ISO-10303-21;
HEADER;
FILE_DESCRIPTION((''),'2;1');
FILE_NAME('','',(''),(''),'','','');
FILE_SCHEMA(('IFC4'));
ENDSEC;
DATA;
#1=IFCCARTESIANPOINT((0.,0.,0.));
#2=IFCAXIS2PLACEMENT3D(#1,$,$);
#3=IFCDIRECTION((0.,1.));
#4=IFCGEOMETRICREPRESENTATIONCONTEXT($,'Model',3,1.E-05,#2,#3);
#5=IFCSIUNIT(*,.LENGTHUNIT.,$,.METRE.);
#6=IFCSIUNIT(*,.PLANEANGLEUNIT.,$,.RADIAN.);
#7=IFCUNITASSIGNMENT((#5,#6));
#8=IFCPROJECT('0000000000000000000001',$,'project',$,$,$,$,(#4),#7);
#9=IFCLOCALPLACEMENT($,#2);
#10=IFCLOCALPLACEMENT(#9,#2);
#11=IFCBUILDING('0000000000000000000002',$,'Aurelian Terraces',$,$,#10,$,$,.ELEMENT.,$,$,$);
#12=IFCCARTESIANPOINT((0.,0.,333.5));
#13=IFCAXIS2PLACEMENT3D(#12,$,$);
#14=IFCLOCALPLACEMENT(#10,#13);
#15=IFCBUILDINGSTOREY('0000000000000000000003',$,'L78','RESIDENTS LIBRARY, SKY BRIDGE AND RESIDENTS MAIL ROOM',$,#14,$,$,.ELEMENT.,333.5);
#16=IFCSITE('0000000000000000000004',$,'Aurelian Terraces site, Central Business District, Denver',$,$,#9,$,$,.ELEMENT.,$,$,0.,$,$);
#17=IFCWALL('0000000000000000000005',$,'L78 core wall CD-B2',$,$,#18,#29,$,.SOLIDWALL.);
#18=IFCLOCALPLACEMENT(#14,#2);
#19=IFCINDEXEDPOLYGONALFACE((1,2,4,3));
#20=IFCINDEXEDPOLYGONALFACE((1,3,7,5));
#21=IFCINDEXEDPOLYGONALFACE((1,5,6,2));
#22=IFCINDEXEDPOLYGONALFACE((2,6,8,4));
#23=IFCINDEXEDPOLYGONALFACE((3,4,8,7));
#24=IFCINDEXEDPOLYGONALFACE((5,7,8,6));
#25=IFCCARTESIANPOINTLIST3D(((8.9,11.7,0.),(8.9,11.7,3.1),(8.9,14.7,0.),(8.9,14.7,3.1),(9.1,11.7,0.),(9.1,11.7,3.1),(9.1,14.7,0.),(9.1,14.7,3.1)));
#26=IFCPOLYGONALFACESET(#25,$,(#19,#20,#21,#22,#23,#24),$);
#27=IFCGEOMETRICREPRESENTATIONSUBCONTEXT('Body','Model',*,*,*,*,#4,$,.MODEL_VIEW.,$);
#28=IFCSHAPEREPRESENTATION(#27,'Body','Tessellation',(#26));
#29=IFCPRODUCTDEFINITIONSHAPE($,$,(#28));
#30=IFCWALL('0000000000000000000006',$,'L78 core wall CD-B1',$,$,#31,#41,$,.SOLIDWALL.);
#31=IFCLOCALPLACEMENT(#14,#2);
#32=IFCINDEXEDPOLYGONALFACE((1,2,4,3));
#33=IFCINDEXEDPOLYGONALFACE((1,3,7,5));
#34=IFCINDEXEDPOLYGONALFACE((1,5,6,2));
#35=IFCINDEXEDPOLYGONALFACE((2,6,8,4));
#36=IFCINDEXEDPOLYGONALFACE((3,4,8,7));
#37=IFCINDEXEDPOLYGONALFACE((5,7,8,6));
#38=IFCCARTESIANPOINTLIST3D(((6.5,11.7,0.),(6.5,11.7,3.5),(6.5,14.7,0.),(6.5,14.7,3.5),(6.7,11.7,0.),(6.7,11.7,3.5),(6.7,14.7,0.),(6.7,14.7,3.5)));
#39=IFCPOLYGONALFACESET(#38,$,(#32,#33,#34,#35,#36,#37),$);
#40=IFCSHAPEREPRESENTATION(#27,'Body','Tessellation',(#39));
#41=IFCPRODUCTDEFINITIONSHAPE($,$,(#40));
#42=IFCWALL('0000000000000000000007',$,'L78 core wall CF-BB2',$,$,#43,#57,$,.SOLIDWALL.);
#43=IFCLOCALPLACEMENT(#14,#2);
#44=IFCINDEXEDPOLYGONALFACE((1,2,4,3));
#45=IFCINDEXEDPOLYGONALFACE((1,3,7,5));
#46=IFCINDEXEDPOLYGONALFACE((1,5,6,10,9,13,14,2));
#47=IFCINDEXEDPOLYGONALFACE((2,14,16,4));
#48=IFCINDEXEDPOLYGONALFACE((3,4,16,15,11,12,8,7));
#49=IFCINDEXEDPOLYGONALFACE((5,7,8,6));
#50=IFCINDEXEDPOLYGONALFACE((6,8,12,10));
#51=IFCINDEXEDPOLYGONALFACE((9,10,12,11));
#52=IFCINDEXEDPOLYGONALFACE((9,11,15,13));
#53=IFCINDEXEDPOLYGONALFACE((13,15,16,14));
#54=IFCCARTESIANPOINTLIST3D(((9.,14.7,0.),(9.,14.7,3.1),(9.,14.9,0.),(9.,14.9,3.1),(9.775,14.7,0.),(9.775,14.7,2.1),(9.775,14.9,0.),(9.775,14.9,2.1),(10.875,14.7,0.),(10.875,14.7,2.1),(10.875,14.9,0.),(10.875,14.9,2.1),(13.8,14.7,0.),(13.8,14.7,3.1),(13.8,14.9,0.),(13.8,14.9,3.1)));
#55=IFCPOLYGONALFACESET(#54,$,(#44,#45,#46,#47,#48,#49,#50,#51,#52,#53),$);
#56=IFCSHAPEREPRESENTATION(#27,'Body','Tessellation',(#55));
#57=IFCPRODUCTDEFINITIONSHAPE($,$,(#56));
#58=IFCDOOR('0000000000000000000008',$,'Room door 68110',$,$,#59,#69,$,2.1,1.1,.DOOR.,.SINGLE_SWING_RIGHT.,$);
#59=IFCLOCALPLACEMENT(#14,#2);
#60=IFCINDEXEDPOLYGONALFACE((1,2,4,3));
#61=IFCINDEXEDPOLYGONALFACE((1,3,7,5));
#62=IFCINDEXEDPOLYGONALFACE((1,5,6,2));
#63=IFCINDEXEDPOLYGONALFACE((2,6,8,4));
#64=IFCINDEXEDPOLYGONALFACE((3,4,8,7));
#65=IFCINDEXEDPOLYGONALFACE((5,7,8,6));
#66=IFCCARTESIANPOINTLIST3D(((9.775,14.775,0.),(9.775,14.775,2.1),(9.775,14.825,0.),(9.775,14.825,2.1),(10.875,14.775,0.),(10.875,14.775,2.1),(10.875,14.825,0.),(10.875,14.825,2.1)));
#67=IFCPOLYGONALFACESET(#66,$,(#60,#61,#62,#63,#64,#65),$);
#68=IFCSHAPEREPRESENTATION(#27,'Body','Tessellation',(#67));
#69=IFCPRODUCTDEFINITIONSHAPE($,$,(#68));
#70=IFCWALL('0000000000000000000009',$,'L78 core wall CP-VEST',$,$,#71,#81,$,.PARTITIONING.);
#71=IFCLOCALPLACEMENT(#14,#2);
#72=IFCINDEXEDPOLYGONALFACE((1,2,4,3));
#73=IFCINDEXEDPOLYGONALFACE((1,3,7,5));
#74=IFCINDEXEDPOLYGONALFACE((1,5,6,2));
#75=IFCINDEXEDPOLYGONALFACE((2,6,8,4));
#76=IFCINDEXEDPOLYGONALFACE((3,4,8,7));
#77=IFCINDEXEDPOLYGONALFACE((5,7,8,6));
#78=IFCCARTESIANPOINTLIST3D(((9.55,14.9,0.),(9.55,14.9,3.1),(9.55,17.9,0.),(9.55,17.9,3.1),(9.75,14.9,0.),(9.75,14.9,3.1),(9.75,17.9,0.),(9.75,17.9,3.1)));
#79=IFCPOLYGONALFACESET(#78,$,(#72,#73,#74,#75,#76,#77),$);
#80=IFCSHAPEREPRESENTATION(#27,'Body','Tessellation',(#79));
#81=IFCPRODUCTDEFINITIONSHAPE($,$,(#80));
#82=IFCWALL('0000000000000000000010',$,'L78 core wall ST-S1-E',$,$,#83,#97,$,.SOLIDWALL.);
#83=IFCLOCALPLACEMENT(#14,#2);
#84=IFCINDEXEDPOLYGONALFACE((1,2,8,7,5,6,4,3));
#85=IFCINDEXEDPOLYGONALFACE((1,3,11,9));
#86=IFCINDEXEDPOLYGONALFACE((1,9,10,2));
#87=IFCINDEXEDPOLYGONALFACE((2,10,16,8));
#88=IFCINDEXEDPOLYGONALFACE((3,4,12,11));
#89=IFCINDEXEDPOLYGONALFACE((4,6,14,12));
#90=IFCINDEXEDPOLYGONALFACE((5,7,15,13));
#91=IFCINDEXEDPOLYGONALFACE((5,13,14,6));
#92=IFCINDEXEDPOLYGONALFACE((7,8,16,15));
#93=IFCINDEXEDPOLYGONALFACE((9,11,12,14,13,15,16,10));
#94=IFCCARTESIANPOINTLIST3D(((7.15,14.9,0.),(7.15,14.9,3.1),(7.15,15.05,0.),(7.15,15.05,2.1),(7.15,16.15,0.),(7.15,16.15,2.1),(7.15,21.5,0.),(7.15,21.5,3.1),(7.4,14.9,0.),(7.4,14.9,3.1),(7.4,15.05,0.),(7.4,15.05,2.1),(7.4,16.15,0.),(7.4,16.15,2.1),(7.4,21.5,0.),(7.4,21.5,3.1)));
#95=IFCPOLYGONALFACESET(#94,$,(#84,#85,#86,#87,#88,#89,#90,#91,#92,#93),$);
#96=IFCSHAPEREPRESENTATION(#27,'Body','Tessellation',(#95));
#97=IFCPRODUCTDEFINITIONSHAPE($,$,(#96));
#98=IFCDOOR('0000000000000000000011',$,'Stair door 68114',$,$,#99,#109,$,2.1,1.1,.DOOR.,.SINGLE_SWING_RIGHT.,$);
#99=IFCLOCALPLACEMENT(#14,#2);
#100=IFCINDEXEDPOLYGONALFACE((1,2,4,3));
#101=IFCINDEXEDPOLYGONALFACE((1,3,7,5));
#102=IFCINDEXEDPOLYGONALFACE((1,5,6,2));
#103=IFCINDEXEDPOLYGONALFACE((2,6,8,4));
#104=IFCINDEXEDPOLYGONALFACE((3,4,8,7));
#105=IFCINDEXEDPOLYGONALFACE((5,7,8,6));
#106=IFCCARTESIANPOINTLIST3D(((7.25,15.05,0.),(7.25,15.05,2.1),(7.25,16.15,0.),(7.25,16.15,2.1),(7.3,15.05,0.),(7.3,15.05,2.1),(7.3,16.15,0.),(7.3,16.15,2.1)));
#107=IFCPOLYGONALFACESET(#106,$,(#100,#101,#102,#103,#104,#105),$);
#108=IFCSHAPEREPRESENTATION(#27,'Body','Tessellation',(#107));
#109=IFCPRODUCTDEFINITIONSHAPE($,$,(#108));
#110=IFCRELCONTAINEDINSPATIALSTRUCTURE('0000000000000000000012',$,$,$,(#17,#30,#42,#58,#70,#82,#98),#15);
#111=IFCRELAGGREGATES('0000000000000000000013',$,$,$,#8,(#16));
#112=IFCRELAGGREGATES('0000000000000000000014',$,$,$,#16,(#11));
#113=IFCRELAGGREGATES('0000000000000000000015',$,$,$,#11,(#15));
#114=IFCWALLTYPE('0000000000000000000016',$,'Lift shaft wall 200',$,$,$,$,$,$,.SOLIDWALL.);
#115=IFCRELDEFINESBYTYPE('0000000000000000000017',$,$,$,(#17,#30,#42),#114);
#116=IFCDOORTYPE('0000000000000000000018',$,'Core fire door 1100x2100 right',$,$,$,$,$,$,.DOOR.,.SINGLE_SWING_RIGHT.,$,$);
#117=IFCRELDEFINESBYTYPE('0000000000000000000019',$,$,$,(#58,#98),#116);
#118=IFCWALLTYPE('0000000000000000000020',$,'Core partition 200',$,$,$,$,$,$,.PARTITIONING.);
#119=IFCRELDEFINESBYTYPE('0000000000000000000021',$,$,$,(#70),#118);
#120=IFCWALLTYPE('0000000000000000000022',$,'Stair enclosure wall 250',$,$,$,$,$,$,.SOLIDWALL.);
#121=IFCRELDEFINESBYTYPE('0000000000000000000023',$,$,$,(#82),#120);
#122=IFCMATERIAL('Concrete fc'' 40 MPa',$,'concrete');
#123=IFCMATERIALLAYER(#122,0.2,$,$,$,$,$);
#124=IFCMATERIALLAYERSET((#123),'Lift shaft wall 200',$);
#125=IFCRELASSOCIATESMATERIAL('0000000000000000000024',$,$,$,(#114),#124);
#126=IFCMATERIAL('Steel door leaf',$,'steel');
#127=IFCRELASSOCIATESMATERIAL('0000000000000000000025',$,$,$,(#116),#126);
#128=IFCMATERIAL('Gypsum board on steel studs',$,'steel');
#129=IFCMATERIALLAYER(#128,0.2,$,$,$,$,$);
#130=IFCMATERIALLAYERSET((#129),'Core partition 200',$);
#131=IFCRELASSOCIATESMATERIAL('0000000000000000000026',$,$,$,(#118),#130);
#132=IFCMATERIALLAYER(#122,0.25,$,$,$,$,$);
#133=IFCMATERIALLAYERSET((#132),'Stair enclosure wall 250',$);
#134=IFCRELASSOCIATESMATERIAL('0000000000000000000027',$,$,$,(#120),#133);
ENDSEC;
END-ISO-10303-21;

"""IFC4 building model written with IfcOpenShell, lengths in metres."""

from ifc_helpers import new_model, si_unit, direction, frame, frame_2d, origin, place, context, subcontext, project, spatial, rectangle, extrude, source, transform, mapped, material, layer, layer_set, type_object, element, fill, save


model = new_model("IFC4")

# Units and contexts
model_context = context("Model", 3, precision=1e-05, world=origin(), true_north=direction((0.0, 1.0)))
body_context = subcontext(model_context, "Body", "Model", "MODEL_VIEW")
ifc_project = project(units=[si_unit("LENGTHUNIT", "METRE"), si_unit("PLANEANGLEUNIT", "RADIAN")], contexts=[model_context])

# Site, building, storey
site_placement = place(None, origin())
site = spatial("IfcSite", under=ifc_project, at=site_placement, Name="Aurelian Terraces site, Central Business District, Denver", CompositionType="ELEMENT", RefElevation=0.0)
building_placement = place(site_placement, origin())
building = spatial("IfcBuilding", under=site, at=building_placement, Name="Aurelian Terraces", CompositionType="ELEMENT")
storey_placement = place(building_placement, frame((0.0, 0.0, 333.5)))
storey = spatial("IfcBuildingStorey", under=building, at=storey_placement, Name="L78", Description="RESIDENTS LIBRARY, SKY BRIDGE AND RESIDENTS MAIL ROOM", CompositionType="ELEMENT", Elevation=333.5)

# Walls
ifc_material_1 = material(Name="Concrete fc' 40 MPa", Category="concrete")
ifc_layer_1 = layer(ifc_material_1, 0.2)
ifc_layer_set_1 = layer_set([ifc_layer_1], Name="Lift shaft wall 200")
wall_type_1 = type_object("IfcWallType", Name="Lift shaft wall 200", PredefinedType="SOLIDWALL", material=ifc_layer_set_1)
shared_shape_1 = source(origin(), body_context, "Body", "SweptSolid", [
    extrude(rectangle(XDim=3.0, YDim=0.2, at=frame_2d((1.5, 0.0))), origin(), (0.0, 0.0, 1.0), 3.1),
])
wall_1_placement = place(storey_placement, frame((9.0, 11.7, 0.0), z_axis=(0.0, 0.0, 1.0), x_axis=(0.0, 1.0, 0.0)))
element("IfcWall", 1, at=wall_1_placement, inside=storey, type_object=wall_type_1, Name="L78 core wall CD-B2", PredefinedType="SOLIDWALL", context=body_context, shape_type="MappedRepresentation", body=[
    mapped(shared_shape_1, transform((0.0, 0.0, 0.0), scale=1.0)),
])
shared_shape_2 = source(origin(), body_context, "Body", "SweptSolid", [
    extrude(rectangle(XDim=3.0, YDim=0.2, at=frame_2d((1.5, 0.0))), origin(), (0.0, 0.0, 1.0), 3.5),
])
wall_2_placement = place(storey_placement, frame((6.6, 11.7, 0.0), z_axis=(0.0, 0.0, 1.0), x_axis=(0.0, 1.0, 0.0)))
element("IfcWall", 2, at=wall_2_placement, inside=storey, type_object=wall_type_1, Name="L78 core wall CD-B1", PredefinedType="SOLIDWALL", context=body_context, shape_type="MappedRepresentation", body=[
    mapped(shared_shape_2, transform((0.0, 0.0, 0.0), scale=1.0)),
])

# Wall, opening, door
shared_shape_3 = source(origin(), body_context, "Body", "SweptSolid", [
    extrude(rectangle(XDim=4.8, YDim=0.2, at=frame_2d((2.4, 0.0))), origin(), (0.0, 0.0, 1.0), 3.1),
])
wall_3_placement = place(storey_placement, frame((9.0, 14.8, 0.0), z_axis=(0.0, 0.0, 1.0), x_axis=(1.0, 0.0, 0.0)))
wall_3 = element("IfcWall", 3, at=wall_3_placement, inside=storey, type_object=wall_type_1, Name="L78 core wall CF-BB2", PredefinedType="SOLIDWALL", context=body_context, shape_type="MappedRepresentation", body=[
    mapped(shared_shape_3, transform((0.0, 0.0, 0.0), scale=1.0)),
])
shared_shape_4 = source(origin(), body_context, "Body", "SweptSolid", [
    extrude(rectangle(XDim=1.1, YDim=2.1, at=frame_2d((0.55, 1.05))), frame((0.0, 0.11, 0.0), z_axis=(0.0, -1.0, 0.0), x_axis=(1.0, 0.0, 0.0)), (0.0, 0.0, 1.0), 0.22),
])
opening_1_placement = place(wall_3_placement, frame((0.775, 0.0, 0.0)))
opening_1 = element("IfcOpeningElement", 4, at=opening_1_placement, cuts=wall_3, PredefinedType="OPENING", context=body_context, shape_type="MappedRepresentation", body=[
    mapped(shared_shape_4, transform((0.0, 0.0, 0.0), scale=1.0)),
])
ifc_material_2 = material(Name="Steel door leaf", Category="steel")
door_type_1 = type_object("IfcDoorType", Name="Core fire door 1100x2100 right", OperationType="SINGLE_SWING_RIGHT", PredefinedType="DOOR", material=ifc_material_2)
shared_shape_5 = source(origin(), body_context, "Body", "SweptSolid", [
    extrude(rectangle(XDim=1.1, YDim=2.1, at=frame_2d((0.55, 1.05))), frame((0.0, 0.025, 0.0), z_axis=(0.0, -1.0, 0.0), x_axis=(1.0, 0.0, 0.0)), (0.0, 0.0, 1.0), 0.05),
])
door_1_placement = place(opening_1_placement, origin())
door_1 = element("IfcDoor", 5, at=door_1_placement, inside=storey, type_object=door_type_1, Name="Room door 68110", OperationType="SINGLE_SWING_RIGHT", OverallHeight=2.1, OverallWidth=1.1, PredefinedType="DOOR", context=body_context, shape_type="MappedRepresentation", body=[
    mapped(shared_shape_5, transform((0.0, 0.0, 0.0), scale=1.0)),
])
fill(opening_1, door_1)

# Wall
ifc_material_3 = material(Name="Gypsum board on steel studs", Category="steel")
ifc_layer_2 = layer(ifc_material_3, 0.2)
ifc_layer_set_2 = layer_set([ifc_layer_2], Name="Core partition 200")
wall_type_2 = type_object("IfcWallType", Name="Core partition 200", PredefinedType="PARTITIONING", material=ifc_layer_set_2)
shared_shape_6 = source(origin(), body_context, "Body", "SweptSolid", [
    extrude(rectangle(XDim=3.0, YDim=0.2, at=frame_2d((1.5, 0.0))), origin(), (0.0, 0.0, 1.0), 3.1),
])
wall_4_placement = place(storey_placement, frame((9.65, 14.9, 0.0), z_axis=(0.0, 0.0, 1.0), x_axis=(0.0, 1.0, 0.0)))
element("IfcWall", 6, at=wall_4_placement, inside=storey, type_object=wall_type_2, Name="L78 core wall CP-VEST", PredefinedType="PARTITIONING", context=body_context, shape_type="MappedRepresentation", body=[
    mapped(shared_shape_6, transform((0.0, 0.0, 0.0), scale=1.0)),
])

# Wall, opening, door
ifc_layer_3 = layer(ifc_material_1, 0.25)
ifc_layer_set_3 = layer_set([ifc_layer_3], Name="Stair enclosure wall 250")
wall_type_3 = type_object("IfcWallType", Name="Stair enclosure wall 250", PredefinedType="SOLIDWALL", material=ifc_layer_set_3)
shared_shape_7 = source(origin(), body_context, "Body", "SweptSolid", [
    extrude(rectangle(XDim=6.6, YDim=0.25, at=frame_2d((3.3, 0.0))), origin(), (0.0, 0.0, 1.0), 3.1),
])
wall_5_placement = place(storey_placement, frame((7.275, 14.9, 0.0), z_axis=(0.0, 0.0, 1.0), x_axis=(0.0, 1.0, 0.0)))
wall_5 = element("IfcWall", 7, at=wall_5_placement, inside=storey, type_object=wall_type_3, Name="L78 core wall ST-S1-E", PredefinedType="SOLIDWALL", context=body_context, shape_type="MappedRepresentation", body=[
    mapped(shared_shape_7, transform((0.0, 0.0, 0.0), scale=1.0)),
])
shared_shape_8 = source(origin(), body_context, "Body", "SweptSolid", [
    extrude(rectangle(XDim=1.1, YDim=2.1, at=frame_2d((0.55, 1.05))), frame((0.0, 0.135, 0.0), z_axis=(0.0, -1.0, 0.0), x_axis=(1.0, 0.0, 0.0)), (0.0, 0.0, 1.0), 0.27),
])
opening_2_placement = place(wall_5_placement, frame((0.15, 0.0, 0.0)))
opening_2 = element("IfcOpeningElement", 8, at=opening_2_placement, cuts=wall_5, PredefinedType="OPENING", context=body_context, shape_type="MappedRepresentation", body=[
    mapped(shared_shape_8, transform((0.0, 0.0, 0.0), scale=1.0)),
])
door_2_placement = place(opening_2_placement, origin())
door_2 = element("IfcDoor", 9, at=door_2_placement, inside=storey, type_object=door_type_1, Name="Stair door 68114", OperationType="SINGLE_SWING_RIGHT", OverallHeight=2.1, OverallWidth=1.1, PredefinedType="DOOR", context=body_context, shape_type="MappedRepresentation", body=[
    mapped(shared_shape_5, transform((0.0, 0.0, 0.0), scale=1.0)),
])
fill(opening_2, door_2)

save(model, "model.ifc")
